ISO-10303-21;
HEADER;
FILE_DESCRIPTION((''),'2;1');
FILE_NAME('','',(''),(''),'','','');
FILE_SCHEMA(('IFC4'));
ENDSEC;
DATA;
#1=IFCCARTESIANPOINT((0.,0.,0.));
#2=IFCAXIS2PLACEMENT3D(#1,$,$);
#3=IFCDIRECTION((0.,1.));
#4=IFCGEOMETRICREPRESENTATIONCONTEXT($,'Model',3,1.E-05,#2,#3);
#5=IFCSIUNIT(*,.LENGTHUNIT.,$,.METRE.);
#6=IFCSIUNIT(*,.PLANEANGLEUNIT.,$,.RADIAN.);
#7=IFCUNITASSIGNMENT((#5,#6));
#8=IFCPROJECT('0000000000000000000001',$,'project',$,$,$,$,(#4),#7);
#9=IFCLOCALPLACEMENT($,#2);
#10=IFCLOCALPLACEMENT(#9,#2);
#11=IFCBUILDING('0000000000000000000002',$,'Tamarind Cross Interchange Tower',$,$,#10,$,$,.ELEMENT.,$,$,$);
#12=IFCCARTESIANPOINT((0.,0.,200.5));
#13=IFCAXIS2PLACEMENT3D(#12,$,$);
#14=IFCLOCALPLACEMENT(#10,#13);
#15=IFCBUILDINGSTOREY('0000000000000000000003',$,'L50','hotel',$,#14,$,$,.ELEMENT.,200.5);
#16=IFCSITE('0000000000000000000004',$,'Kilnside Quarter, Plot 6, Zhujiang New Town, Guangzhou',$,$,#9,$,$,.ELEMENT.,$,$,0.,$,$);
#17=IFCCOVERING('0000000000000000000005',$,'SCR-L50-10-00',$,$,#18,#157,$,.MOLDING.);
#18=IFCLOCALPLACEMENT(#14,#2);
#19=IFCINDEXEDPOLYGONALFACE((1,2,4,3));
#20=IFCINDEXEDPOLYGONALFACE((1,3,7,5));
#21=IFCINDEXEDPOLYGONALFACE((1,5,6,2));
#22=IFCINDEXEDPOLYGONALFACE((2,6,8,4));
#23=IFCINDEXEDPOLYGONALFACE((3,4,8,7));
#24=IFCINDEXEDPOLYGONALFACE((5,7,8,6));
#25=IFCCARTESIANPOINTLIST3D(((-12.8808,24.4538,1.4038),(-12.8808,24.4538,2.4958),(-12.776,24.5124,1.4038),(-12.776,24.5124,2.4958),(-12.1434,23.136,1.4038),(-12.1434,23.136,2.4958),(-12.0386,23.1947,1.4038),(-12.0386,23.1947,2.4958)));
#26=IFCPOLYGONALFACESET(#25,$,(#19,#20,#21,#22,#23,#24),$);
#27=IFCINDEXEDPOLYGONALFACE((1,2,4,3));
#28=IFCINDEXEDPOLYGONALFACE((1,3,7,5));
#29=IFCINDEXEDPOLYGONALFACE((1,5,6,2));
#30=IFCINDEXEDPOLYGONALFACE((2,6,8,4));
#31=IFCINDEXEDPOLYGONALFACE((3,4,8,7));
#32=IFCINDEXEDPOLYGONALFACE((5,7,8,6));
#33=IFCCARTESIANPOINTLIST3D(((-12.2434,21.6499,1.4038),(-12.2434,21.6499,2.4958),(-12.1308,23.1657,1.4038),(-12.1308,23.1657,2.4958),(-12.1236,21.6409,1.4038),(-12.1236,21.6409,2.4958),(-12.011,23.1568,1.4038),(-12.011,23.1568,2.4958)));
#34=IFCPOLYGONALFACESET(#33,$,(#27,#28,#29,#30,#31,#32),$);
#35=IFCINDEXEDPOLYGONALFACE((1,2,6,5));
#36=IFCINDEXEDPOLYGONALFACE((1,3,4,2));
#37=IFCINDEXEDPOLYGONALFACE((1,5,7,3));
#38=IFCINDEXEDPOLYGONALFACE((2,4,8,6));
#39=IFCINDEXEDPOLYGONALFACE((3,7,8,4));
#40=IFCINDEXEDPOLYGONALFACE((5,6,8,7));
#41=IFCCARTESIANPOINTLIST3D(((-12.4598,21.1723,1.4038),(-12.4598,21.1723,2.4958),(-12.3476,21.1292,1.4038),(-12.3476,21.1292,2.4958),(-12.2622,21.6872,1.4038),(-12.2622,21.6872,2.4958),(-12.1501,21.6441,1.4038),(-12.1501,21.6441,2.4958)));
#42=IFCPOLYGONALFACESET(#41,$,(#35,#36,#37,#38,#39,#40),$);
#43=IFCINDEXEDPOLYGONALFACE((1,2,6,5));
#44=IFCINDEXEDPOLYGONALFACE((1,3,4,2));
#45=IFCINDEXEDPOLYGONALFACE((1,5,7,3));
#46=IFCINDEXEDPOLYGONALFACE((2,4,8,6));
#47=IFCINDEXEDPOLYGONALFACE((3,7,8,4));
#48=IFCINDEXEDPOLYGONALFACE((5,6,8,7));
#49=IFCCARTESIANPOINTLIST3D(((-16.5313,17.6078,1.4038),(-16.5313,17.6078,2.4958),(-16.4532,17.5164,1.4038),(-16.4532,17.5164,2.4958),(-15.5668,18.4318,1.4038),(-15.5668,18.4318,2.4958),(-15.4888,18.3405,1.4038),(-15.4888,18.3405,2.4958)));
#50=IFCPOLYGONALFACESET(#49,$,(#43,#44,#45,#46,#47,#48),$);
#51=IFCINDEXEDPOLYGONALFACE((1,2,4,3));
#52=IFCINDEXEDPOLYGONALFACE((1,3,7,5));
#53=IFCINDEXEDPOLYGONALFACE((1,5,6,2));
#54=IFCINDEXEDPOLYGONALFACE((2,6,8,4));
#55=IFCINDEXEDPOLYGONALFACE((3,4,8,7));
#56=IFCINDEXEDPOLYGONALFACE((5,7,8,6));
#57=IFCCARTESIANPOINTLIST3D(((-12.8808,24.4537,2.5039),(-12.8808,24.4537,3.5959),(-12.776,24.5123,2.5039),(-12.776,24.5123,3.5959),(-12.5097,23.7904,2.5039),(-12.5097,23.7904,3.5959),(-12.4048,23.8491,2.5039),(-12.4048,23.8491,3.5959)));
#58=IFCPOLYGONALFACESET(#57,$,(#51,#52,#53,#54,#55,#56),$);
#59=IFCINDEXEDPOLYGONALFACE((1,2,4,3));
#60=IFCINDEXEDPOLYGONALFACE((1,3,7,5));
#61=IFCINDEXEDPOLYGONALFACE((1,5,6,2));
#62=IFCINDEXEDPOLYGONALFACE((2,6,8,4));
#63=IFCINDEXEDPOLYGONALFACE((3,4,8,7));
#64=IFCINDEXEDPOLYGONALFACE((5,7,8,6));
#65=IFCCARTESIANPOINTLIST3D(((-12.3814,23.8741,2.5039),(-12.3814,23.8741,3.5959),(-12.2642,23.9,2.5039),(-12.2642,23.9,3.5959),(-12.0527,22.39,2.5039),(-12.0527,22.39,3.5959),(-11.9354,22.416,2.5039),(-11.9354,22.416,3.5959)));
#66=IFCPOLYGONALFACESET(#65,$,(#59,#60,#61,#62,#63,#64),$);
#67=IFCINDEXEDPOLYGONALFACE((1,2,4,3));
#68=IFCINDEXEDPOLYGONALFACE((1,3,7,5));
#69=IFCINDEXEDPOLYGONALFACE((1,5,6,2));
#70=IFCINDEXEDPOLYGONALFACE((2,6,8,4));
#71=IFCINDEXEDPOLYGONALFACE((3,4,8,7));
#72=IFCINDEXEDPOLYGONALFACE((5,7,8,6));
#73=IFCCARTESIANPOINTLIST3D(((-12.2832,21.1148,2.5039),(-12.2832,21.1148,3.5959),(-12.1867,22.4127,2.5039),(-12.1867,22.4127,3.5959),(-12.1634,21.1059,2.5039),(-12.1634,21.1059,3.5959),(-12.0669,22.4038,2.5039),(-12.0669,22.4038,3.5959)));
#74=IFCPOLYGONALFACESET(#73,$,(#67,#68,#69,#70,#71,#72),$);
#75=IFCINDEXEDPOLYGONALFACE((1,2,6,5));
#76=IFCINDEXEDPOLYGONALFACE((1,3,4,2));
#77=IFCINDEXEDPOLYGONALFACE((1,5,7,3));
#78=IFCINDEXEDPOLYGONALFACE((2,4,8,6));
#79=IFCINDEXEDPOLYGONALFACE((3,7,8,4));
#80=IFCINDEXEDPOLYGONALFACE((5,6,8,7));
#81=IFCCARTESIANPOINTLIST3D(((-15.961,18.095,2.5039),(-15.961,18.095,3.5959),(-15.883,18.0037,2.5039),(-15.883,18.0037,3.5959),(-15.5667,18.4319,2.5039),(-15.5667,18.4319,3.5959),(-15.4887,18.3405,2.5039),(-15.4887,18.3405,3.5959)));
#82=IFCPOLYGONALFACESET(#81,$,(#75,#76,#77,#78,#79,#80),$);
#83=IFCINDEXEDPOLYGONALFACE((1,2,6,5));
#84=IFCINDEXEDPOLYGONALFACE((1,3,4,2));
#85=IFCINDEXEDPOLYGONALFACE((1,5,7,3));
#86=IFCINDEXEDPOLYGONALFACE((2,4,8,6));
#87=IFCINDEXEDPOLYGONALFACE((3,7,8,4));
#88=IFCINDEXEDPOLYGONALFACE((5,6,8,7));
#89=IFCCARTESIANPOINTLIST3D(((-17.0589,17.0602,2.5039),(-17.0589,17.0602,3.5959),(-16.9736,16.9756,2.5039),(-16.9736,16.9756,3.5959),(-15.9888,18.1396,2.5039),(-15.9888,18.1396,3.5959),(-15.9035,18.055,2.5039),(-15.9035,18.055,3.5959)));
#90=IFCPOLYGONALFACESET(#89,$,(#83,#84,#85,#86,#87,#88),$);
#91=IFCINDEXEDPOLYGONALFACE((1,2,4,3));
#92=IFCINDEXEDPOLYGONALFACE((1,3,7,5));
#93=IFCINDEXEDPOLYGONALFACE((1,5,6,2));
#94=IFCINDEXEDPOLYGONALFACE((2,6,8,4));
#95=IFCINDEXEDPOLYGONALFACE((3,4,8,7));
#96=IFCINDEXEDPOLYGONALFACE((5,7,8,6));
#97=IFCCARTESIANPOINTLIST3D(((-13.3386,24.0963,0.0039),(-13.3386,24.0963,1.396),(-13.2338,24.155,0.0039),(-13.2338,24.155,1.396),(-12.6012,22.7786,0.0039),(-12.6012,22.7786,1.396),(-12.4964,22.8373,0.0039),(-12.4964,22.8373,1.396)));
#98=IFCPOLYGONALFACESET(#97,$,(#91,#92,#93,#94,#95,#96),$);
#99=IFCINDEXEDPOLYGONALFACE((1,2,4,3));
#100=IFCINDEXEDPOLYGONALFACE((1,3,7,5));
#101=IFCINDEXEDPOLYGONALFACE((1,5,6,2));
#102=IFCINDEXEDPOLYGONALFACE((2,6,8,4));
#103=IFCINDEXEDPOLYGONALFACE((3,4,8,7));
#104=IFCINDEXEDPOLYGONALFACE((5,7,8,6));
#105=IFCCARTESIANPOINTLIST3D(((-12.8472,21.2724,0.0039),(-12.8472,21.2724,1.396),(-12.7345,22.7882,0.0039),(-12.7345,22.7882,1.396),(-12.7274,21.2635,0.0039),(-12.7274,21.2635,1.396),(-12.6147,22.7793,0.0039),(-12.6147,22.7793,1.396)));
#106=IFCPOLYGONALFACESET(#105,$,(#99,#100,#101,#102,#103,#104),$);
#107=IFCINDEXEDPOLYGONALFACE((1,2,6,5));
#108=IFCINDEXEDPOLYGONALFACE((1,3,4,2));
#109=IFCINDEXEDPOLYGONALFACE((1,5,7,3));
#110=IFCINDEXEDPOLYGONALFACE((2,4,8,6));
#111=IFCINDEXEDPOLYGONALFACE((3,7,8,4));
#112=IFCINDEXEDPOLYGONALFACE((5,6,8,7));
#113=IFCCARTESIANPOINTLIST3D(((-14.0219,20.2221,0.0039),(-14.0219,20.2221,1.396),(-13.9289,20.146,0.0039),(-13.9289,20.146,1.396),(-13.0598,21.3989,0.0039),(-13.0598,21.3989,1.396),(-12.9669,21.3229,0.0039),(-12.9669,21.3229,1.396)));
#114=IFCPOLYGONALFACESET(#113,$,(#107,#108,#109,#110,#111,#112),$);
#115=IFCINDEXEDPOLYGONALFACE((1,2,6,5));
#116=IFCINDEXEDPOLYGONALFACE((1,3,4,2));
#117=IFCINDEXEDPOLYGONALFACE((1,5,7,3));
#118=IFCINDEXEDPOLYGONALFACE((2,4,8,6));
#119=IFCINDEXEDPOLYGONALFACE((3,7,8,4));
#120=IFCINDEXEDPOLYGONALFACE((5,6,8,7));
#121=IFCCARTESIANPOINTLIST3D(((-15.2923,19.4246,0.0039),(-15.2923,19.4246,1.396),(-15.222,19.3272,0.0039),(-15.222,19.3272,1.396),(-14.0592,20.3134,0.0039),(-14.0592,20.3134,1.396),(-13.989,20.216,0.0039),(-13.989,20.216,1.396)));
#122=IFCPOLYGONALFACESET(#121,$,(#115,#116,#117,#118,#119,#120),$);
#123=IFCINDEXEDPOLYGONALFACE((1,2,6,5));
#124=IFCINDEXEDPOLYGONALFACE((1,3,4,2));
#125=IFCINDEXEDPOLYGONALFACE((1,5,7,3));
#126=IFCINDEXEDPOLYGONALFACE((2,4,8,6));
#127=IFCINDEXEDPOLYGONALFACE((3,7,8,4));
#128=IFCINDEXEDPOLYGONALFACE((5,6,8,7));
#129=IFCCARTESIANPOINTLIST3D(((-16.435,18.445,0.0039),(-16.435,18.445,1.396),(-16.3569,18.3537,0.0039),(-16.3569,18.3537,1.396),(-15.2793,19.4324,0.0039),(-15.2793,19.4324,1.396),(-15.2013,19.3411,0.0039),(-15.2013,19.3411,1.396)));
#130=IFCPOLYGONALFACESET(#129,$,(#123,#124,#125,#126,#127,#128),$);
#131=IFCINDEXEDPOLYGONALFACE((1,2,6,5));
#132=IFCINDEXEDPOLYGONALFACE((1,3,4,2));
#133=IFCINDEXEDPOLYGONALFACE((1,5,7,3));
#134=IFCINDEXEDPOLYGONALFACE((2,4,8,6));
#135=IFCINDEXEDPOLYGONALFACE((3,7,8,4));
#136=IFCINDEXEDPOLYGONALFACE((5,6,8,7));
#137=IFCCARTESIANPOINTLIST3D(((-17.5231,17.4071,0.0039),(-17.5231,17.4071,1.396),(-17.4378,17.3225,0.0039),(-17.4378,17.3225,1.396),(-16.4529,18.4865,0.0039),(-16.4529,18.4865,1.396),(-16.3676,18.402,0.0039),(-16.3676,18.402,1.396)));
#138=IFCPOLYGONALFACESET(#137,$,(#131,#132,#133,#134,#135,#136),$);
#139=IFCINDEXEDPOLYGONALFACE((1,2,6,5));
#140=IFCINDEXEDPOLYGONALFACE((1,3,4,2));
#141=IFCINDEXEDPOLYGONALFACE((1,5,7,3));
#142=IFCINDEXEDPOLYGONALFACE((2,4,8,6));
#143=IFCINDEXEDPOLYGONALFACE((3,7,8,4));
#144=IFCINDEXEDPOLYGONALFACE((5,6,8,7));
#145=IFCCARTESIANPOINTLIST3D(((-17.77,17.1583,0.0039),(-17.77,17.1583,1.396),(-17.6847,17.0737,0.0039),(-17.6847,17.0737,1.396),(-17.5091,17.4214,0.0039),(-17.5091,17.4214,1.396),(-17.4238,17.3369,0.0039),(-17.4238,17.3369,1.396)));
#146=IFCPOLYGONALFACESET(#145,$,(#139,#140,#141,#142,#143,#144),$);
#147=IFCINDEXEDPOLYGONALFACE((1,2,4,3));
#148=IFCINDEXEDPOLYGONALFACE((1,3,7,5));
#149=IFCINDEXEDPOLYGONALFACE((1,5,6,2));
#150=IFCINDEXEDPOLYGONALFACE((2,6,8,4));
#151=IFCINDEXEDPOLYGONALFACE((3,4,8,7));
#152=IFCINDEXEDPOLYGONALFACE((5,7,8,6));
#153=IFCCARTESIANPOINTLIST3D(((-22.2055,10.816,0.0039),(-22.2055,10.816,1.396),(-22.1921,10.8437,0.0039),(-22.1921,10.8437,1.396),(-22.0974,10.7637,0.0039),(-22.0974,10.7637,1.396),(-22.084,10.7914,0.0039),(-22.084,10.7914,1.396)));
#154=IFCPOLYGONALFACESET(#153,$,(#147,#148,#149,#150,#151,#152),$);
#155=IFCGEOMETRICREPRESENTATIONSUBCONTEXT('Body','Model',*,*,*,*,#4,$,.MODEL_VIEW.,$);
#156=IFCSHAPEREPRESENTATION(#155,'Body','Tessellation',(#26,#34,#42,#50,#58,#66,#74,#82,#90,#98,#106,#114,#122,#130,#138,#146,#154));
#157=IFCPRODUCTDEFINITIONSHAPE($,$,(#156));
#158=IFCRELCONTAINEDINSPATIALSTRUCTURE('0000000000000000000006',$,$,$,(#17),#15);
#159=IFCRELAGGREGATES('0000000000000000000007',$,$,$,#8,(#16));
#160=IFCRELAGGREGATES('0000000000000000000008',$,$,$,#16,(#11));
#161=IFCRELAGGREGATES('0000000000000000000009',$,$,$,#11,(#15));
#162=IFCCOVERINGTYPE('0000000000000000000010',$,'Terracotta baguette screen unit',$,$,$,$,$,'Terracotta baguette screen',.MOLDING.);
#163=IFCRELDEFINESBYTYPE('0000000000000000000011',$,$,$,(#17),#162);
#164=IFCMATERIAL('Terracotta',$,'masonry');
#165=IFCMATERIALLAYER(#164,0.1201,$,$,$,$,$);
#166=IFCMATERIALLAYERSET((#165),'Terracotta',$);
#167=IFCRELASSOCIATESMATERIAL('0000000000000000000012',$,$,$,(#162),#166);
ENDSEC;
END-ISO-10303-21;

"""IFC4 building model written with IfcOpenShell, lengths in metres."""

from ifc_helpers import new_model, si_unit, direction, frame, origin, origin_2d, place, context, subcontext, project, spatial, rectangle, extrude, material, layer, layer_set, type_object, element, save


model = new_model("IFC4")

# Units and contexts
model_context = context("Model", 3, precision=1e-05, world=origin(), true_north=direction((0.0, 1.0)))
body_context = subcontext(model_context, "Body", "Model", "MODEL_VIEW")
ifc_project = project(units=[si_unit("LENGTHUNIT", "METRE"), si_unit("PLANEANGLEUNIT", "RADIAN")], contexts=[model_context])

# Site, building, storey
site_placement = place(None, origin())
site = spatial("IfcSite", under=ifc_project, at=site_placement, Name="Kilnside Quarter, Plot 6, Zhujiang New Town, Guangzhou", CompositionType="ELEMENT", RefElevation=0.0)
building_placement = place(site_placement, origin())
building = spatial("IfcBuilding", under=site, at=building_placement, Name="Tamarind Cross Interchange Tower", CompositionType="ELEMENT")
storey_placement = place(building_placement, frame((0.0, 0.0, 200.5)))
storey = spatial("IfcBuildingStorey", under=building, at=storey_placement, Name="L50", Description="hotel", CompositionType="ELEMENT", Elevation=200.5)

# Covering
ifc_material_1 = material(Name="Terracotta", Category="masonry")
ifc_layer_1 = layer(ifc_material_1, 0.1201)
ifc_layer_set_1 = layer_set([ifc_layer_1], Name="Terracotta")
covering_type = type_object("IfcCoveringType", Name="Terracotta baguette screen unit", ElementType="Terracotta baguette screen", PredefinedType="MOLDING", material=ifc_layer_set_1)
covering_1_placement = place(storey_placement, origin())
element("IfcCovering", 1, at=covering_1_placement, inside=storey, type_object=covering_type, Name="SCR-L50-10-00", PredefinedType="MOLDING", context=body_context, shape_type="SweptSolid", body=[
    extrude(rectangle(XDim=1.51, YDim=0.1201, at=origin_2d()), frame((-12.4597, 23.8242, 1.4038), z_axis=(0.0, 0.0, 1.0), x_axis=(0.488323, -0.872663, 0.0)), (0.0, 0.0, 1.0), 1.092),
    extrude(rectangle(XDim=1.52, YDim=0.1201, at=origin_2d()), frame((-12.1272, 22.4033, 1.4038), z_axis=(0.0, 0.0, 1.0), x_axis=(-0.07413, -0.997249, 0.0)), (0.0, 0.0, 1.0), 1.092),
    extrude(rectangle(XDim=0.5515, YDim=0.1201, at=origin_2d()), frame((-12.3049, 21.4082, 1.4038), z_axis=(0.0, 0.0, 1.0), x_axis=(-0.358239, -0.93363, 0.0)), (0.0, 0.0, 1.0), 1.092),
    extrude(rectangle(XDim=1.2686, YDim=0.1201, at=origin_2d()), frame((-16.01, 17.9741, 1.4038), z_axis=(0.0, 0.0, 1.0), x_axis=(-0.760296, -0.649577, 0.0)), (0.0, 0.0, 1.0), 1.092),
    extrude(rectangle(XDim=0.76, YDim=0.1201, at=origin_2d()), frame((-12.6428, 24.1514, 2.5039), z_axis=(0.0, 0.0, 1.0), x_axis=(0.488323, -0.872663, 0.0)), (0.0, 0.0, 1.0), 1.092),
    extrude(rectangle(XDim=1.52, YDim=0.1201, at=origin_2d()), frame((-12.1584, 23.145, 2.5039), z_axis=(0.0, 0.0, 1.0), x_axis=(0.216262, -0.976335, 0.0)), (0.0, 0.0, 1.0), 1.092),
    extrude(rectangle(XDim=1.3015, YDim=0.1201, at=origin_2d()), frame((-12.175, 21.7593, 2.5039), z_axis=(0.0, 0.0, 1.0), x_axis=(-0.07413, -0.997249, 0.0)), (0.0, 0.0, 1.0), 1.092),
    extrude(rectangle(XDim=0.5186, YDim=0.1201, at=origin_2d()), frame((-15.7249, 18.2178, 2.5039), z_axis=(0.0, 0.0, 1.0), x_axis=(-0.760296, -0.649577, 0.0)), (0.0, 0.0, 1.0), 1.092),
    extrude(rectangle(XDim=1.52, YDim=0.1201, at=origin_2d()), frame((-16.4812, 17.5576, 2.5039), z_axis=(0.0, 0.0, 1.0), x_axis=(-0.704057, -0.710143, 0.0)), (0.0, 0.0, 1.0), 1.092),
    extrude(rectangle(XDim=1.51, YDim=0.1201, at=origin_2d()), frame((-12.9175, 23.4668, 0.0039), z_axis=(0.0, 0.0, 1.0), x_axis=(0.488323, -0.872663, 0.0)), (0.0, 0.0, 1.0), 1.3921),
    extrude(rectangle(XDim=1.52, YDim=0.1201, at=origin_2d()), frame((-12.731, 22.0259, 0.0039), z_axis=(0.0, 0.0, 1.0), x_axis=(-0.07413, -0.997249, 0.0)), (0.0, 0.0, 1.0), 1.3921),
    extrude(rectangle(XDim=1.52, YDim=0.1201, at=origin_2d()), frame((-13.4944, 20.7725, 0.0039), z_axis=(0.0, 0.0, 1.0), x_axis=(-0.632934, -0.774206, 0.0)), (0.0, 0.0, 1.0), 1.3921),
    extrude(rectangle(XDim=1.52, YDim=0.1201, at=origin_2d()), frame((-14.6406, 19.8203, 0.0039), z_axis=(0.0, 0.0, 1.0), x_axis=(-0.811217, -0.584745, 0.0)), (0.0, 0.0, 1.0), 1.3921),
    extrude(rectangle(XDim=1.52, YDim=0.1201, at=origin_2d()), frame((-15.8181, 18.8931, 0.0039), z_axis=(0.0, 0.0, 1.0), x_axis=(-0.760296, -0.649577, 0.0)), (0.0, 0.0, 1.0), 1.3921),
    extrude(rectangle(XDim=1.52, YDim=0.1201, at=origin_2d()), frame((-16.9453, 17.9045, 0.0039), z_axis=(0.0, 0.0, 1.0), x_axis=(-0.704057, -0.710143, 0.0)), (0.0, 0.0, 1.0), 1.3921),
    extrude(rectangle(XDim=0.3706, YDim=0.1201, at=origin_2d()), frame((-17.5969, 17.2476, 0.0039), z_axis=(0.0, 0.0, 1.0), x_axis=(-0.704057, -0.710143, 0.0)), (0.0, 0.0, 1.0), 1.3921),
    extrude(rectangle(XDim=0.0308, YDim=0.1201, at=origin_2d()), frame((-22.1448, 10.8037, 0.0039), z_axis=(0.0, 0.0, 1.0), x_axis=(-0.435326, -0.900273, 0.0)), (0.0, 0.0, 1.0), 1.3921),
])

save(model, "model.ifc")
